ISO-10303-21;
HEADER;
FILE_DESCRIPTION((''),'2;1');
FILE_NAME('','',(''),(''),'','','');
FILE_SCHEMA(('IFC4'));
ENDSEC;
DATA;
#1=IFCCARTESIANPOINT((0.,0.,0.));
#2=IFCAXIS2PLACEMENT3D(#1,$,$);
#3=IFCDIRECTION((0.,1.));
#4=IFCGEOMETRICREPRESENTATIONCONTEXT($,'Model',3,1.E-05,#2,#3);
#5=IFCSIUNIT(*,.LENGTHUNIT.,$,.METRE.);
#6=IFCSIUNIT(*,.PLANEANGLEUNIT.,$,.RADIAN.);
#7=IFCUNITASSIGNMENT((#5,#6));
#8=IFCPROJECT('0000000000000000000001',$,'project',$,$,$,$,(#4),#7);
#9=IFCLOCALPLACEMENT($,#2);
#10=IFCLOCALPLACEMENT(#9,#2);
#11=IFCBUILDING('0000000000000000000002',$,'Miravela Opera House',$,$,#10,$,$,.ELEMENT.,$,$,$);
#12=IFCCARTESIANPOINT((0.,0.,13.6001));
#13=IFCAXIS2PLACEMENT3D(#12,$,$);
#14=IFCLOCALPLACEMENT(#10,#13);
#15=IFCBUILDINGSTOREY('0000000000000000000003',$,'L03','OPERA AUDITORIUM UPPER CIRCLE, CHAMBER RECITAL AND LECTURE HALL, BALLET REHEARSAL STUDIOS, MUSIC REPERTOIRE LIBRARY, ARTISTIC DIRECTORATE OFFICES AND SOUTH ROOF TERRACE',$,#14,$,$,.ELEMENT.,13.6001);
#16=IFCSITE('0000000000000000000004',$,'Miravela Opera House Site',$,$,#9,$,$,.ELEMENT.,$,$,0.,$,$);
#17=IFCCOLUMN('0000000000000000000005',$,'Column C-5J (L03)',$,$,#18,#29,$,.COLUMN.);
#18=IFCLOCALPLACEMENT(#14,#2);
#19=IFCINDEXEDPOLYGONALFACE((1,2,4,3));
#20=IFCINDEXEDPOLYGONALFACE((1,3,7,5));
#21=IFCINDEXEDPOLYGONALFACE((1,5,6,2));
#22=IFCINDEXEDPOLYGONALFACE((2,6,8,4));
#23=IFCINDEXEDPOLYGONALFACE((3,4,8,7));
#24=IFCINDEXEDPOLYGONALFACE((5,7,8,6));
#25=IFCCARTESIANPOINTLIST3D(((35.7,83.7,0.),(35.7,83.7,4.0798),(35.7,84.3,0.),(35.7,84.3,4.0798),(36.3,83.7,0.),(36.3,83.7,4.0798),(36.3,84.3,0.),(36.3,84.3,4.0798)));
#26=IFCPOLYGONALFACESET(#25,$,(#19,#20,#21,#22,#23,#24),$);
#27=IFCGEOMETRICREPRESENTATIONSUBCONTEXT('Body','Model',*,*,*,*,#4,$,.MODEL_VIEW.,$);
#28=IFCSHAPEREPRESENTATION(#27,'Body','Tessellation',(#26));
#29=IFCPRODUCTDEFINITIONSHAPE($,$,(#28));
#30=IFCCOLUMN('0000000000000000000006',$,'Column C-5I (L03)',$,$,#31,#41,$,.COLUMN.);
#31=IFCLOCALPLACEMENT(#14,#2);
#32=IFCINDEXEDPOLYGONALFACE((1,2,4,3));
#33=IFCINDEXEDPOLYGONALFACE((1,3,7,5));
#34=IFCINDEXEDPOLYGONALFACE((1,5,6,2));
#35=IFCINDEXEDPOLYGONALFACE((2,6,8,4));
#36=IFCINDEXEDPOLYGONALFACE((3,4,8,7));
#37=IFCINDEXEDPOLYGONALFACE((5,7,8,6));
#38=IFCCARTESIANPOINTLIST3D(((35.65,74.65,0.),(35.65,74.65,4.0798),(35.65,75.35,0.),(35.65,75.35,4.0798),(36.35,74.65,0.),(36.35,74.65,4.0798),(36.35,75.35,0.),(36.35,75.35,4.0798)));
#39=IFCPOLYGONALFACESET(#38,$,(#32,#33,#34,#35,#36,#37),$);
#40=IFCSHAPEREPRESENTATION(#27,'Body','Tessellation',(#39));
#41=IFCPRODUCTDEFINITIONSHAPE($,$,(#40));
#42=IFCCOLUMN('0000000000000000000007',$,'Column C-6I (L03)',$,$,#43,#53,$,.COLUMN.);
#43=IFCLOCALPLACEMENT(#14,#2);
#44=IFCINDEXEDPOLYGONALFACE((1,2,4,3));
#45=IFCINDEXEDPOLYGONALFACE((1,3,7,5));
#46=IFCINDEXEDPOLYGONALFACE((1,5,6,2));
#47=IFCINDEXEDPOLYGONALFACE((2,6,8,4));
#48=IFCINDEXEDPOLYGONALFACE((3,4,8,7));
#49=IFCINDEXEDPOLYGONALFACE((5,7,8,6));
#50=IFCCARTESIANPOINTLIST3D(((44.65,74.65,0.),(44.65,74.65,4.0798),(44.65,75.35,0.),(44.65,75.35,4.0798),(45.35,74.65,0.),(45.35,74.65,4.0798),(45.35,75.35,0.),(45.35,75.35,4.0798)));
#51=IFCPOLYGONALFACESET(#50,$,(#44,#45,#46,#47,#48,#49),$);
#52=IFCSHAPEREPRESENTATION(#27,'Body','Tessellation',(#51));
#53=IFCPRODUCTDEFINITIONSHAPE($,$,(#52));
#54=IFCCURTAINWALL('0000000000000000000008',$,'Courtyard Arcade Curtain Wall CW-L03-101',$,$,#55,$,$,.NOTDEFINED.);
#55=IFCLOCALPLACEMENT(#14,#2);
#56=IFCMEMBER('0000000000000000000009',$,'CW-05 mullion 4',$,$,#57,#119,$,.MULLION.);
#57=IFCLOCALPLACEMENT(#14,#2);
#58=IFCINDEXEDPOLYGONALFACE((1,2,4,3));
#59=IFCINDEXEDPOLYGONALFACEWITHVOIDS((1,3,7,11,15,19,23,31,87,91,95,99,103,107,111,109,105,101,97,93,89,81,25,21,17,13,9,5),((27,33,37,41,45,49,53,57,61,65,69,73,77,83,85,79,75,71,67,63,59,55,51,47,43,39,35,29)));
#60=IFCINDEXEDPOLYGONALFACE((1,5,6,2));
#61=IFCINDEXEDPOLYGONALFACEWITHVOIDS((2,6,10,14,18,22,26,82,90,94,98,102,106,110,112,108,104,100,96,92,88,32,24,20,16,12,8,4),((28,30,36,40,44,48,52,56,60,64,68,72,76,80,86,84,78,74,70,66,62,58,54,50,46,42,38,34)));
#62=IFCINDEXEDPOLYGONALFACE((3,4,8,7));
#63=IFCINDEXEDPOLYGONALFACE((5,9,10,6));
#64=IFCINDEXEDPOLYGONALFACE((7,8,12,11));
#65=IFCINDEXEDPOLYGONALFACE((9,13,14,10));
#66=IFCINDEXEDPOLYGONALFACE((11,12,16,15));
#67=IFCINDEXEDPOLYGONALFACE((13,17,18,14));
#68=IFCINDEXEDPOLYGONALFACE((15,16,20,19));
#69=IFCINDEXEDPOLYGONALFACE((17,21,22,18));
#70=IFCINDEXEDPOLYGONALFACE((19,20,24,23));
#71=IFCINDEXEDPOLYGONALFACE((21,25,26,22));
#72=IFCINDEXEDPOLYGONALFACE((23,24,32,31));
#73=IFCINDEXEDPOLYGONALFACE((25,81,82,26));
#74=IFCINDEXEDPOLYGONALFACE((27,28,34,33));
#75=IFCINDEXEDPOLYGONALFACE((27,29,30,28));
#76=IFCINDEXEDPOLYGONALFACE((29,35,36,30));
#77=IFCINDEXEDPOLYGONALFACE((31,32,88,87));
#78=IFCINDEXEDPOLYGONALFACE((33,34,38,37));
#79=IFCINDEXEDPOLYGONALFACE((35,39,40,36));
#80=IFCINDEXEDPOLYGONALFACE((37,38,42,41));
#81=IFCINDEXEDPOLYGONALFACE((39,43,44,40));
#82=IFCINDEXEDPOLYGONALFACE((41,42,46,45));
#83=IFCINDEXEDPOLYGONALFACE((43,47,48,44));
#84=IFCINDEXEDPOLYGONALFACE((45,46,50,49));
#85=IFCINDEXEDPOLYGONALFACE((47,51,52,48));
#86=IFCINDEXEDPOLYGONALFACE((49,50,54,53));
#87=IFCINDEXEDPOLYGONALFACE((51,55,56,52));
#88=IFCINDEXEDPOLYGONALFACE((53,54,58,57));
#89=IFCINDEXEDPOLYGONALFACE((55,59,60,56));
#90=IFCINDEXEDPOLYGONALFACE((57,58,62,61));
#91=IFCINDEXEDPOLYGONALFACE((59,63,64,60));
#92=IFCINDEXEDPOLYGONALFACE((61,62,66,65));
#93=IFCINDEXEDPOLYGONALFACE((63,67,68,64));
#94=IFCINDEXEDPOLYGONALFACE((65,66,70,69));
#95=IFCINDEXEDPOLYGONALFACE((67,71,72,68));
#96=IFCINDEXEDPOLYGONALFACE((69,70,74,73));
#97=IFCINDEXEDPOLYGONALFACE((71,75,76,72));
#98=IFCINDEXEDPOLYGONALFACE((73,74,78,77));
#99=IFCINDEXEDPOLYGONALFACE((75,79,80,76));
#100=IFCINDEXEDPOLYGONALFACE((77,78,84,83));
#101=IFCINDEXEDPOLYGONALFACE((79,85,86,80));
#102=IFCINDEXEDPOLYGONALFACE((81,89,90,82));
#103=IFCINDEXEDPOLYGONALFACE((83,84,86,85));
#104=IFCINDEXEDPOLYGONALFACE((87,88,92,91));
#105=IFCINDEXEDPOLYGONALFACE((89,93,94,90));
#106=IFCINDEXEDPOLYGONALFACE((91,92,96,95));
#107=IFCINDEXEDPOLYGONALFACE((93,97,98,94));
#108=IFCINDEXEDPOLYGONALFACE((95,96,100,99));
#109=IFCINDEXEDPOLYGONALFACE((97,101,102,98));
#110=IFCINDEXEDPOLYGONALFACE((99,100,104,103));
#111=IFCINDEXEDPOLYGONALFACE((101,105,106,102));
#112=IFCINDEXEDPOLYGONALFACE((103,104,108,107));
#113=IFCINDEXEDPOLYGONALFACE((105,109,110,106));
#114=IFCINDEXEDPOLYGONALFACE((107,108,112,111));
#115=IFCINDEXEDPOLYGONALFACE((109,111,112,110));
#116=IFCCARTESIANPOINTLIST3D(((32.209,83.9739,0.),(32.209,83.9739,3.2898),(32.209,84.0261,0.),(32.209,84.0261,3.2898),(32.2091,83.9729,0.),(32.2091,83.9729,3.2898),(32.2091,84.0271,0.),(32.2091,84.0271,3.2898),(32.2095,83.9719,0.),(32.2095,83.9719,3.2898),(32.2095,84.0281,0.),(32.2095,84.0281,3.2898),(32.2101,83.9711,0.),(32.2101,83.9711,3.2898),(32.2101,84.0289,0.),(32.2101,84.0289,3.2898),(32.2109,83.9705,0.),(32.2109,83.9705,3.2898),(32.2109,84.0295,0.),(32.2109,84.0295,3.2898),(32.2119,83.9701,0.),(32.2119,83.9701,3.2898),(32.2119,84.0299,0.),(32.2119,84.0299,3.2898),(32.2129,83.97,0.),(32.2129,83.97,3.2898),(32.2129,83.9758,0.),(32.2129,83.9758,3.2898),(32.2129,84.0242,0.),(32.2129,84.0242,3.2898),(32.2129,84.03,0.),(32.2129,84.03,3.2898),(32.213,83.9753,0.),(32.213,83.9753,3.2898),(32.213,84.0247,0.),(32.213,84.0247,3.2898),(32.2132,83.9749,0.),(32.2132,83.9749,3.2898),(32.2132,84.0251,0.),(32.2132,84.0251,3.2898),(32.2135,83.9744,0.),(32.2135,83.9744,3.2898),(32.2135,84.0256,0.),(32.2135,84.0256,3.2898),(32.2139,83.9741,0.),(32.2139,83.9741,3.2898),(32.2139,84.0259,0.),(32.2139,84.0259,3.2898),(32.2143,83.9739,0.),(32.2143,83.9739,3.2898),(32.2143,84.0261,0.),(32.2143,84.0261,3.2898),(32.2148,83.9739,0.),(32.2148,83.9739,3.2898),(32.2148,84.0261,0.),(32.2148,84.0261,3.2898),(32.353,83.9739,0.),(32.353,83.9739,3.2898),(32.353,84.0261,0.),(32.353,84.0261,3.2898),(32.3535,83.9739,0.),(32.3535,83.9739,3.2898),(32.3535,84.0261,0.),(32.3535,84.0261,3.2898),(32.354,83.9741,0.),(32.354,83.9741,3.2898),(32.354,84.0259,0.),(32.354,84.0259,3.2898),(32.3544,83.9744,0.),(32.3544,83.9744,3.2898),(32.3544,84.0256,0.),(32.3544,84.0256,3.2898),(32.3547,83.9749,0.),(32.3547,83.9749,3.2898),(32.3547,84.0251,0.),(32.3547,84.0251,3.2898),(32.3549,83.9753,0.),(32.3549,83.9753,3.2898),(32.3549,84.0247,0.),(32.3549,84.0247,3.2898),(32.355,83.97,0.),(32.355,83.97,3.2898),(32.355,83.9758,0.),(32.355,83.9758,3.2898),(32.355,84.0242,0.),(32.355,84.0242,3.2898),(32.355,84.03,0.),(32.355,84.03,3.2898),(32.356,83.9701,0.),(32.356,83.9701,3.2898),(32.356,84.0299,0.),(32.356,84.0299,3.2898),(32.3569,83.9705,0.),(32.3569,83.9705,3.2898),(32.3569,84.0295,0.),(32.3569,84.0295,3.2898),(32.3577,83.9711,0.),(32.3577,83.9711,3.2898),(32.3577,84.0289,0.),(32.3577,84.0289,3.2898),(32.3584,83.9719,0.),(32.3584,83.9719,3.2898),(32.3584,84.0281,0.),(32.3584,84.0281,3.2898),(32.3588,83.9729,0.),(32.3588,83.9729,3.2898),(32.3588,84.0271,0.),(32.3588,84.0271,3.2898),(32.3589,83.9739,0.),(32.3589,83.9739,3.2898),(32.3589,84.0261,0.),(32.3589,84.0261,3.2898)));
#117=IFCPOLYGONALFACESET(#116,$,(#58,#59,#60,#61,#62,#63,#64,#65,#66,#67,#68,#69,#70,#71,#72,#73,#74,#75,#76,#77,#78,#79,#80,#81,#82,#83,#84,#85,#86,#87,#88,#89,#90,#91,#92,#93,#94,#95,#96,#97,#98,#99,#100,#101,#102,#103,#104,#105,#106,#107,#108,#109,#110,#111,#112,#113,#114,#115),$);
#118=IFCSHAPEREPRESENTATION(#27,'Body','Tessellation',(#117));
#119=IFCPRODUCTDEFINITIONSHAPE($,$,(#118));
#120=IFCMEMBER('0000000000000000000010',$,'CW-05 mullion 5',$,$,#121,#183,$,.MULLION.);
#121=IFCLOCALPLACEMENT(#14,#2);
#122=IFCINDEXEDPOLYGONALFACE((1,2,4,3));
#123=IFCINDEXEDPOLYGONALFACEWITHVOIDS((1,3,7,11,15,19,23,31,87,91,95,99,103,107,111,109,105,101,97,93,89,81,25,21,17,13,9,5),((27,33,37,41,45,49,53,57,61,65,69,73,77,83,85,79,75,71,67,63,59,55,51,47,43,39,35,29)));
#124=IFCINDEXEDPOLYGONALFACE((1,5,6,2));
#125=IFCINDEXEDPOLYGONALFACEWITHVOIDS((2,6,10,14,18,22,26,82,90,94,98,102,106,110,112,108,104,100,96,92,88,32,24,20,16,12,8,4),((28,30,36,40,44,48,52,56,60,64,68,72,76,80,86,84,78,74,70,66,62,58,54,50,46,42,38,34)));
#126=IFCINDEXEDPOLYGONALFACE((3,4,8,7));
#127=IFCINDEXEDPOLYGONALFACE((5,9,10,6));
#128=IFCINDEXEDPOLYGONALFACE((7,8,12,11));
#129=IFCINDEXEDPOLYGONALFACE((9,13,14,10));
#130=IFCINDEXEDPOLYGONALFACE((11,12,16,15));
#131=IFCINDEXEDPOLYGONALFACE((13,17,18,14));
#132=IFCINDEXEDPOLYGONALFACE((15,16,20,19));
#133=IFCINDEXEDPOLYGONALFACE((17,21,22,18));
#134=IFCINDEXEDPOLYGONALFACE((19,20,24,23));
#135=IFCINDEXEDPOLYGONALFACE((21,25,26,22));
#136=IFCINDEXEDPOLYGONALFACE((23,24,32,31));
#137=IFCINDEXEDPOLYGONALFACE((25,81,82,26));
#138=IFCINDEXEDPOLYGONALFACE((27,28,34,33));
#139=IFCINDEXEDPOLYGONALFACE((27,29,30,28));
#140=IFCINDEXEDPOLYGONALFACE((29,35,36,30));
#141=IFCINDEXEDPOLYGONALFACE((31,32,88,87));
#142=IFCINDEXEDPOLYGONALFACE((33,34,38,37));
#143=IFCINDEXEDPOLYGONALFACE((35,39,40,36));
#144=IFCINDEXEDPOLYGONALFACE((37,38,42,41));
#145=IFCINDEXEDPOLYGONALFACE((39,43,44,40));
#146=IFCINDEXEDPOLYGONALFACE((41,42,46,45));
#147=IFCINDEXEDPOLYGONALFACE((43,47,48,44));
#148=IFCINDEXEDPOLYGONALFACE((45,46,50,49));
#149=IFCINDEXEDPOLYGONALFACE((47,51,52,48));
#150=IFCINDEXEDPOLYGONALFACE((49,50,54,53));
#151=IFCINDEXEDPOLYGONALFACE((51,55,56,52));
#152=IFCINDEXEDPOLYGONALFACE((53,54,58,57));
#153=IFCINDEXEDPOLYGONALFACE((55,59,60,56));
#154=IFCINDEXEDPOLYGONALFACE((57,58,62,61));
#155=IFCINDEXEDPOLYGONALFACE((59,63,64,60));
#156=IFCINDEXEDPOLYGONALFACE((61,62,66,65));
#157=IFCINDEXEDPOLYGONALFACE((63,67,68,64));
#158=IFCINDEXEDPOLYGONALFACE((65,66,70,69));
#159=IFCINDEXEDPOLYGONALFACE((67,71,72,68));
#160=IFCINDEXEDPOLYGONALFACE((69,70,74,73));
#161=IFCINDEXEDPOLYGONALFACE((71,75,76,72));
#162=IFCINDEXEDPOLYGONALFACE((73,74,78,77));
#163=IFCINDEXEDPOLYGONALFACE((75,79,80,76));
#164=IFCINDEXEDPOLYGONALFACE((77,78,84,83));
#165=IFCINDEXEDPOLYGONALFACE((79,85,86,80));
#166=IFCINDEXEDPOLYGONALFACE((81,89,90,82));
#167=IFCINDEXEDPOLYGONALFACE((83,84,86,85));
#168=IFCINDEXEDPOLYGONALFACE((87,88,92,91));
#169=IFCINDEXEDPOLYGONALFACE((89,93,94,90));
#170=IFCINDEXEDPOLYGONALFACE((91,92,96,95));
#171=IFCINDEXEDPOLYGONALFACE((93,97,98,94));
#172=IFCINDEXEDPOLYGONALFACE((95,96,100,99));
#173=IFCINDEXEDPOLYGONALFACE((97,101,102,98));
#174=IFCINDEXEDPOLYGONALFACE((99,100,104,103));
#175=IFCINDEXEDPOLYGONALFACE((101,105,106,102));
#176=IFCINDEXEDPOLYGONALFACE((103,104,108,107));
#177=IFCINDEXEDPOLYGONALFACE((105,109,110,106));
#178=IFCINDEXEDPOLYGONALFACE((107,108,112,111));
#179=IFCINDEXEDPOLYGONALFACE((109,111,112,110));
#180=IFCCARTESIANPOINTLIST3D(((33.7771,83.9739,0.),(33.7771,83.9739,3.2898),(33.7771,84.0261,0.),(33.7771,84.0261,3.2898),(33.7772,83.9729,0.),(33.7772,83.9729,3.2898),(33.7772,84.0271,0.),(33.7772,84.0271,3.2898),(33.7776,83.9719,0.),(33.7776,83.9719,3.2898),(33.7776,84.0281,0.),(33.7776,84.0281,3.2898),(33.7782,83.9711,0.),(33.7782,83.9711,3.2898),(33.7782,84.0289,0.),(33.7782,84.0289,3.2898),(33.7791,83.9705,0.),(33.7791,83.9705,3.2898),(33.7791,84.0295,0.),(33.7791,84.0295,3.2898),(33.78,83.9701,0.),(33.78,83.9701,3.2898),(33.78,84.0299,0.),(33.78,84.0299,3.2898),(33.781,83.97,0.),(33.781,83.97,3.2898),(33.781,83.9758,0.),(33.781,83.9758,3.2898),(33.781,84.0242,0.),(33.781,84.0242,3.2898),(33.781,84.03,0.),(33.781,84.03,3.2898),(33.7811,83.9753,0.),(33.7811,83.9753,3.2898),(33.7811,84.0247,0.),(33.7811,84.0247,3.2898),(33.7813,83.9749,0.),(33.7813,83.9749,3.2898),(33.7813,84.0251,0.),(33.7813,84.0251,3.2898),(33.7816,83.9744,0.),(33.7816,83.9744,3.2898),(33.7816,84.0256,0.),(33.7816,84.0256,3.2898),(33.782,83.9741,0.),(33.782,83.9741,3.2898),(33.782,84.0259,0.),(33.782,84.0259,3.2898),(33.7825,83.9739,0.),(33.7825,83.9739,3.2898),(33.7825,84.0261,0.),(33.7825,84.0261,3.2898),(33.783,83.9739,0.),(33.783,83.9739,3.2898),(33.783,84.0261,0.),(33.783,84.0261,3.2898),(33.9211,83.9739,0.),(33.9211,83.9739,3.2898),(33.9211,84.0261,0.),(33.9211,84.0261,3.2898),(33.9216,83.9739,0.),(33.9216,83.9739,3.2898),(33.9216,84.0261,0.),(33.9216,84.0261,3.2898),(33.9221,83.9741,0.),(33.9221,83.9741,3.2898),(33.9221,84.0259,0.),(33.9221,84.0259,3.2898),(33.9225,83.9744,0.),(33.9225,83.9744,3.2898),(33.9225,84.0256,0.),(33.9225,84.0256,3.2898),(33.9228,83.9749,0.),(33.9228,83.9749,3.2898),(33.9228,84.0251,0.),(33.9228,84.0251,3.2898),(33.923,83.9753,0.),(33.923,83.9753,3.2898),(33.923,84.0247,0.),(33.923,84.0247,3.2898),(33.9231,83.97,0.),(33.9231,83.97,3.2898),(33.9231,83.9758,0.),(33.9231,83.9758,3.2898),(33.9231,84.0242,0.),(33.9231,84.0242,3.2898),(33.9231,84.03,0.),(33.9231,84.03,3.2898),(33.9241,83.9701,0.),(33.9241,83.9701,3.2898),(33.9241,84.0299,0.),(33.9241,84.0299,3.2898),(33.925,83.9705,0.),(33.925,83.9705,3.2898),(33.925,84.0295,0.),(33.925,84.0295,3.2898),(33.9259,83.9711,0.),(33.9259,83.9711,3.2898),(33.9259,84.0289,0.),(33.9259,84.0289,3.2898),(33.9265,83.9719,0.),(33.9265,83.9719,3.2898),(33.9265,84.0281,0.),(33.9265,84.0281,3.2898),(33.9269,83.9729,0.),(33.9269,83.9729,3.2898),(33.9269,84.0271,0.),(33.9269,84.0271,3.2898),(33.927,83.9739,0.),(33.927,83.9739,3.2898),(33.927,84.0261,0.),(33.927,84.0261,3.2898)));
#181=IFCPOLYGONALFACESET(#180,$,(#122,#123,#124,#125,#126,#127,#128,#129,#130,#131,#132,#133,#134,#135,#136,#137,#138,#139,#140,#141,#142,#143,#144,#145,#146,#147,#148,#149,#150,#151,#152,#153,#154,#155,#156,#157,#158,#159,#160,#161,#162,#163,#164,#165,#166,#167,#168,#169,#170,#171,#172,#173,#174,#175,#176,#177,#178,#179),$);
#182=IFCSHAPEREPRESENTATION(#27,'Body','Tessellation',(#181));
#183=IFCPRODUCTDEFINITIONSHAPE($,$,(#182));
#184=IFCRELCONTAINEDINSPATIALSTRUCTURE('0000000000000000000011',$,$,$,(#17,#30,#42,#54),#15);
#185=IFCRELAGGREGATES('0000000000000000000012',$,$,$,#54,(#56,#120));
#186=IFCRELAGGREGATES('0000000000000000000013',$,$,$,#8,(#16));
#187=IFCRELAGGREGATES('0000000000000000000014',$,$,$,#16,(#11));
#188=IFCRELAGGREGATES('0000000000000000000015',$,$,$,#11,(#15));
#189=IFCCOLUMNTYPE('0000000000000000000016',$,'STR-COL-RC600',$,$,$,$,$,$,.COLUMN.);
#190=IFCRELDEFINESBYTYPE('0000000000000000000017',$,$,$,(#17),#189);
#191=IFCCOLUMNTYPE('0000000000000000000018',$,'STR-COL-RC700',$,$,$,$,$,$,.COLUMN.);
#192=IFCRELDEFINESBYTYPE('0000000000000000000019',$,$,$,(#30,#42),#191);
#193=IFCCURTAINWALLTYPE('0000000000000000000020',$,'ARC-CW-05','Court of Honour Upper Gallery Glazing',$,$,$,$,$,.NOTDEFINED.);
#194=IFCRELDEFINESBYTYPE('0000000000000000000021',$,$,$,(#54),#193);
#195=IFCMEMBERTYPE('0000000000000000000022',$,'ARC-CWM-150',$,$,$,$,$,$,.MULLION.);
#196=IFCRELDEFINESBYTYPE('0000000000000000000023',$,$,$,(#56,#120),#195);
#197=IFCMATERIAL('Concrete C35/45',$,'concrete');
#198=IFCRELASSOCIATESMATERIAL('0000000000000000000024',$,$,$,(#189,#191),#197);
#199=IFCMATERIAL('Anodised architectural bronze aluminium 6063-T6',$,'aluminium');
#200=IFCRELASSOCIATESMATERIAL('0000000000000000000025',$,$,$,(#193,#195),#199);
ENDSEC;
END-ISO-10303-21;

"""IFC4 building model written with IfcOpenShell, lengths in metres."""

from ifc_helpers import new_model, si_unit, direction, frame, origin, origin_2d, place, context, subcontext, project, spatial, rectangle, hollow_rectangle, extrude, material, material_profile, profile_set, type_object, element, aggregate, save


model = new_model("IFC4")

# Units and contexts
model_context = context("Model", 3, precision=1e-05, world=origin(), true_north=direction((0.0, 1.0)))
body_context = subcontext(model_context, "Body", "Model", "MODEL_VIEW")
ifc_project = project(units=[si_unit("LENGTHUNIT", "METRE"), si_unit("PLANEANGLEUNIT", "RADIAN")], contexts=[model_context])

# Site, building, storey
site_placement = place(None, origin())
site = spatial("IfcSite", under=ifc_project, at=site_placement, Name="Miravela Opera House Site", CompositionType="ELEMENT", RefElevation=0.0)
building_placement = place(site_placement, origin())
building = spatial("IfcBuilding", under=site, at=building_placement, Name="Miravela Opera House", CompositionType="ELEMENT")
storey_placement = place(building_placement, frame((0.0, 0.0, 13.6001)))
storey = spatial("IfcBuildingStorey", under=building, at=storey_placement, Name="L03", Description="OPERA AUDITORIUM UPPER CIRCLE, CHAMBER RECITAL AND LECTURE HALL, BALLET REHEARSAL STUDIOS, MUSIC REPERTOIRE LIBRARY, ARTISTIC DIRECTORATE OFFICES AND SOUTH ROOF TERRACE", CompositionType="ELEMENT", Elevation=13.6001)

# Columns
ifc_material_1 = material(Name="Concrete C35/45", Category="concrete")
ifc_material_profile_1 = material_profile(ifc_material_1, rectangle(XDim=0.6001, YDim=0.6001, at=origin_2d()), Name="RC-COL-600X600")
ifc_profile_set_1 = profile_set([ifc_material_profile_1])
column_type_1 = type_object("IfcColumnType", Name="STR-COL-RC600", PredefinedType="COLUMN", material=ifc_profile_set_1)
column_placement = place(storey_placement, frame((36.0, 84.0, 0.0), z_axis=(0.0, 0.0, 1.0), x_axis=(1.0, 0.0, 0.0)))
element("IfcColumn", 1, at=column_placement, inside=storey, type_object=column_type_1, Name="Column C-5J (L03)", PredefinedType="COLUMN", context=body_context, shape_type="SweptSolid", body=[
    extrude(rectangle(XDim=0.6001, YDim=0.6001, at=origin_2d()), origin(), (0.0, 0.0, 1.0), 4.0798),
])
ifc_material_profile_2 = material_profile(ifc_material_1, rectangle(XDim=0.7, YDim=0.7, at=origin_2d()), Name="RC-COL-700X700")
ifc_profile_set_2 = profile_set([ifc_material_profile_2])
column_type_2 = type_object("IfcColumnType", Name="STR-COL-RC700", PredefinedType="COLUMN", material=ifc_profile_set_2)
for number, where, z_axis, x_axis, name in (
    (2, (36.0, 75.0, 0.0), (0.0, 0.0, 1.0), (1.0, 0.0, 0.0), "Column C-5I (L03)"),
    (3, (45.0, 75.0, 0.0), (0.0, 0.0, 1.0), (1.0, 0.0, 0.0), "Column C-6I (L03)"),
):
    element("IfcColumn", number, at=place(storey_placement, frame(where, z_axis=z_axis, x_axis=x_axis)), inside=storey, type_object=column_type_2, Name=name, PredefinedType="COLUMN", context=body_context, shape_type="SweptSolid", body=[
        extrude(rectangle(XDim=0.7, YDim=0.7, at=origin_2d()), origin(), (0.0, 0.0, 1.0), 4.0798),
    ])

# Curtain wall, members
ifc_material_2 = material(Name="Anodised architectural bronze aluminium 6063-T6", Category="aluminium")
curtain_wall_type = type_object("IfcCurtainWallType", Name="ARC-CW-05", Description="Court of Honour Upper Gallery Glazing", PredefinedType="NOTDEFINED", material=ifc_material_2)
curtain_wall_1_placement = place(storey_placement, origin())
curtain_wall_1 = element("IfcCurtainWall", 4, at=curtain_wall_1_placement, inside=storey, type_object=curtain_wall_type, Name="Courtyard Arcade Curtain Wall CW-L03-101", PredefinedType="NOTDEFINED")
ifc_material_profile_3 = material_profile(ifc_material_2, hollow_rectangle(XDim=0.0601, YDim=0.1499, WallThickness=0.0039, InnerFilletRadius=0.002, OuterFilletRadius=0.0039, at=origin_2d()), Name="CWM-60X150")
ifc_profile_set_3 = profile_set([ifc_material_profile_3])
member_type_1 = type_object("IfcMemberType", Name="ARC-CWM-150", PredefinedType="MULLION", material=ifc_profile_set_3)
member_1_placement = place(storey_placement, frame((32.2839, 84.0, 0.0), z_axis=(0.0, 0.0, 1.0), x_axis=(0.0, 1.0, 0.0)))
member_1 = element("IfcMember", 5, at=member_1_placement, type_object=member_type_1, Name="CW-05 mullion 4", PredefinedType="MULLION", context=body_context, shape_type="SweptSolid", body=[
    extrude(hollow_rectangle(XDim=0.0601, YDim=0.1499, WallThickness=0.0039, InnerFilletRadius=0.002, OuterFilletRadius=0.0039, at=origin_2d()), origin(), (0.0, 0.0, 1.0), 3.2898),
])
member_2_placement = place(storey_placement, frame((33.8521, 84.0, 0.0), z_axis=(0.0, 0.0, 1.0), x_axis=(0.0, 1.0, 0.0)))
member_2 = element("IfcMember", 6, at=member_2_placement, type_object=member_type_1, Name="CW-05 mullion 5", PredefinedType="MULLION", context=body_context, shape_type="SweptSolid", body=[
    extrude(hollow_rectangle(XDim=0.0601, YDim=0.1499, WallThickness=0.0039, InnerFilletRadius=0.002, OuterFilletRadius=0.0039, at=origin_2d()), origin(), (0.0, 0.0, 1.0), 3.2898),
])

aggregate(curtain_wall_1, [member_1, member_2])

save(model, "model.ifc")
